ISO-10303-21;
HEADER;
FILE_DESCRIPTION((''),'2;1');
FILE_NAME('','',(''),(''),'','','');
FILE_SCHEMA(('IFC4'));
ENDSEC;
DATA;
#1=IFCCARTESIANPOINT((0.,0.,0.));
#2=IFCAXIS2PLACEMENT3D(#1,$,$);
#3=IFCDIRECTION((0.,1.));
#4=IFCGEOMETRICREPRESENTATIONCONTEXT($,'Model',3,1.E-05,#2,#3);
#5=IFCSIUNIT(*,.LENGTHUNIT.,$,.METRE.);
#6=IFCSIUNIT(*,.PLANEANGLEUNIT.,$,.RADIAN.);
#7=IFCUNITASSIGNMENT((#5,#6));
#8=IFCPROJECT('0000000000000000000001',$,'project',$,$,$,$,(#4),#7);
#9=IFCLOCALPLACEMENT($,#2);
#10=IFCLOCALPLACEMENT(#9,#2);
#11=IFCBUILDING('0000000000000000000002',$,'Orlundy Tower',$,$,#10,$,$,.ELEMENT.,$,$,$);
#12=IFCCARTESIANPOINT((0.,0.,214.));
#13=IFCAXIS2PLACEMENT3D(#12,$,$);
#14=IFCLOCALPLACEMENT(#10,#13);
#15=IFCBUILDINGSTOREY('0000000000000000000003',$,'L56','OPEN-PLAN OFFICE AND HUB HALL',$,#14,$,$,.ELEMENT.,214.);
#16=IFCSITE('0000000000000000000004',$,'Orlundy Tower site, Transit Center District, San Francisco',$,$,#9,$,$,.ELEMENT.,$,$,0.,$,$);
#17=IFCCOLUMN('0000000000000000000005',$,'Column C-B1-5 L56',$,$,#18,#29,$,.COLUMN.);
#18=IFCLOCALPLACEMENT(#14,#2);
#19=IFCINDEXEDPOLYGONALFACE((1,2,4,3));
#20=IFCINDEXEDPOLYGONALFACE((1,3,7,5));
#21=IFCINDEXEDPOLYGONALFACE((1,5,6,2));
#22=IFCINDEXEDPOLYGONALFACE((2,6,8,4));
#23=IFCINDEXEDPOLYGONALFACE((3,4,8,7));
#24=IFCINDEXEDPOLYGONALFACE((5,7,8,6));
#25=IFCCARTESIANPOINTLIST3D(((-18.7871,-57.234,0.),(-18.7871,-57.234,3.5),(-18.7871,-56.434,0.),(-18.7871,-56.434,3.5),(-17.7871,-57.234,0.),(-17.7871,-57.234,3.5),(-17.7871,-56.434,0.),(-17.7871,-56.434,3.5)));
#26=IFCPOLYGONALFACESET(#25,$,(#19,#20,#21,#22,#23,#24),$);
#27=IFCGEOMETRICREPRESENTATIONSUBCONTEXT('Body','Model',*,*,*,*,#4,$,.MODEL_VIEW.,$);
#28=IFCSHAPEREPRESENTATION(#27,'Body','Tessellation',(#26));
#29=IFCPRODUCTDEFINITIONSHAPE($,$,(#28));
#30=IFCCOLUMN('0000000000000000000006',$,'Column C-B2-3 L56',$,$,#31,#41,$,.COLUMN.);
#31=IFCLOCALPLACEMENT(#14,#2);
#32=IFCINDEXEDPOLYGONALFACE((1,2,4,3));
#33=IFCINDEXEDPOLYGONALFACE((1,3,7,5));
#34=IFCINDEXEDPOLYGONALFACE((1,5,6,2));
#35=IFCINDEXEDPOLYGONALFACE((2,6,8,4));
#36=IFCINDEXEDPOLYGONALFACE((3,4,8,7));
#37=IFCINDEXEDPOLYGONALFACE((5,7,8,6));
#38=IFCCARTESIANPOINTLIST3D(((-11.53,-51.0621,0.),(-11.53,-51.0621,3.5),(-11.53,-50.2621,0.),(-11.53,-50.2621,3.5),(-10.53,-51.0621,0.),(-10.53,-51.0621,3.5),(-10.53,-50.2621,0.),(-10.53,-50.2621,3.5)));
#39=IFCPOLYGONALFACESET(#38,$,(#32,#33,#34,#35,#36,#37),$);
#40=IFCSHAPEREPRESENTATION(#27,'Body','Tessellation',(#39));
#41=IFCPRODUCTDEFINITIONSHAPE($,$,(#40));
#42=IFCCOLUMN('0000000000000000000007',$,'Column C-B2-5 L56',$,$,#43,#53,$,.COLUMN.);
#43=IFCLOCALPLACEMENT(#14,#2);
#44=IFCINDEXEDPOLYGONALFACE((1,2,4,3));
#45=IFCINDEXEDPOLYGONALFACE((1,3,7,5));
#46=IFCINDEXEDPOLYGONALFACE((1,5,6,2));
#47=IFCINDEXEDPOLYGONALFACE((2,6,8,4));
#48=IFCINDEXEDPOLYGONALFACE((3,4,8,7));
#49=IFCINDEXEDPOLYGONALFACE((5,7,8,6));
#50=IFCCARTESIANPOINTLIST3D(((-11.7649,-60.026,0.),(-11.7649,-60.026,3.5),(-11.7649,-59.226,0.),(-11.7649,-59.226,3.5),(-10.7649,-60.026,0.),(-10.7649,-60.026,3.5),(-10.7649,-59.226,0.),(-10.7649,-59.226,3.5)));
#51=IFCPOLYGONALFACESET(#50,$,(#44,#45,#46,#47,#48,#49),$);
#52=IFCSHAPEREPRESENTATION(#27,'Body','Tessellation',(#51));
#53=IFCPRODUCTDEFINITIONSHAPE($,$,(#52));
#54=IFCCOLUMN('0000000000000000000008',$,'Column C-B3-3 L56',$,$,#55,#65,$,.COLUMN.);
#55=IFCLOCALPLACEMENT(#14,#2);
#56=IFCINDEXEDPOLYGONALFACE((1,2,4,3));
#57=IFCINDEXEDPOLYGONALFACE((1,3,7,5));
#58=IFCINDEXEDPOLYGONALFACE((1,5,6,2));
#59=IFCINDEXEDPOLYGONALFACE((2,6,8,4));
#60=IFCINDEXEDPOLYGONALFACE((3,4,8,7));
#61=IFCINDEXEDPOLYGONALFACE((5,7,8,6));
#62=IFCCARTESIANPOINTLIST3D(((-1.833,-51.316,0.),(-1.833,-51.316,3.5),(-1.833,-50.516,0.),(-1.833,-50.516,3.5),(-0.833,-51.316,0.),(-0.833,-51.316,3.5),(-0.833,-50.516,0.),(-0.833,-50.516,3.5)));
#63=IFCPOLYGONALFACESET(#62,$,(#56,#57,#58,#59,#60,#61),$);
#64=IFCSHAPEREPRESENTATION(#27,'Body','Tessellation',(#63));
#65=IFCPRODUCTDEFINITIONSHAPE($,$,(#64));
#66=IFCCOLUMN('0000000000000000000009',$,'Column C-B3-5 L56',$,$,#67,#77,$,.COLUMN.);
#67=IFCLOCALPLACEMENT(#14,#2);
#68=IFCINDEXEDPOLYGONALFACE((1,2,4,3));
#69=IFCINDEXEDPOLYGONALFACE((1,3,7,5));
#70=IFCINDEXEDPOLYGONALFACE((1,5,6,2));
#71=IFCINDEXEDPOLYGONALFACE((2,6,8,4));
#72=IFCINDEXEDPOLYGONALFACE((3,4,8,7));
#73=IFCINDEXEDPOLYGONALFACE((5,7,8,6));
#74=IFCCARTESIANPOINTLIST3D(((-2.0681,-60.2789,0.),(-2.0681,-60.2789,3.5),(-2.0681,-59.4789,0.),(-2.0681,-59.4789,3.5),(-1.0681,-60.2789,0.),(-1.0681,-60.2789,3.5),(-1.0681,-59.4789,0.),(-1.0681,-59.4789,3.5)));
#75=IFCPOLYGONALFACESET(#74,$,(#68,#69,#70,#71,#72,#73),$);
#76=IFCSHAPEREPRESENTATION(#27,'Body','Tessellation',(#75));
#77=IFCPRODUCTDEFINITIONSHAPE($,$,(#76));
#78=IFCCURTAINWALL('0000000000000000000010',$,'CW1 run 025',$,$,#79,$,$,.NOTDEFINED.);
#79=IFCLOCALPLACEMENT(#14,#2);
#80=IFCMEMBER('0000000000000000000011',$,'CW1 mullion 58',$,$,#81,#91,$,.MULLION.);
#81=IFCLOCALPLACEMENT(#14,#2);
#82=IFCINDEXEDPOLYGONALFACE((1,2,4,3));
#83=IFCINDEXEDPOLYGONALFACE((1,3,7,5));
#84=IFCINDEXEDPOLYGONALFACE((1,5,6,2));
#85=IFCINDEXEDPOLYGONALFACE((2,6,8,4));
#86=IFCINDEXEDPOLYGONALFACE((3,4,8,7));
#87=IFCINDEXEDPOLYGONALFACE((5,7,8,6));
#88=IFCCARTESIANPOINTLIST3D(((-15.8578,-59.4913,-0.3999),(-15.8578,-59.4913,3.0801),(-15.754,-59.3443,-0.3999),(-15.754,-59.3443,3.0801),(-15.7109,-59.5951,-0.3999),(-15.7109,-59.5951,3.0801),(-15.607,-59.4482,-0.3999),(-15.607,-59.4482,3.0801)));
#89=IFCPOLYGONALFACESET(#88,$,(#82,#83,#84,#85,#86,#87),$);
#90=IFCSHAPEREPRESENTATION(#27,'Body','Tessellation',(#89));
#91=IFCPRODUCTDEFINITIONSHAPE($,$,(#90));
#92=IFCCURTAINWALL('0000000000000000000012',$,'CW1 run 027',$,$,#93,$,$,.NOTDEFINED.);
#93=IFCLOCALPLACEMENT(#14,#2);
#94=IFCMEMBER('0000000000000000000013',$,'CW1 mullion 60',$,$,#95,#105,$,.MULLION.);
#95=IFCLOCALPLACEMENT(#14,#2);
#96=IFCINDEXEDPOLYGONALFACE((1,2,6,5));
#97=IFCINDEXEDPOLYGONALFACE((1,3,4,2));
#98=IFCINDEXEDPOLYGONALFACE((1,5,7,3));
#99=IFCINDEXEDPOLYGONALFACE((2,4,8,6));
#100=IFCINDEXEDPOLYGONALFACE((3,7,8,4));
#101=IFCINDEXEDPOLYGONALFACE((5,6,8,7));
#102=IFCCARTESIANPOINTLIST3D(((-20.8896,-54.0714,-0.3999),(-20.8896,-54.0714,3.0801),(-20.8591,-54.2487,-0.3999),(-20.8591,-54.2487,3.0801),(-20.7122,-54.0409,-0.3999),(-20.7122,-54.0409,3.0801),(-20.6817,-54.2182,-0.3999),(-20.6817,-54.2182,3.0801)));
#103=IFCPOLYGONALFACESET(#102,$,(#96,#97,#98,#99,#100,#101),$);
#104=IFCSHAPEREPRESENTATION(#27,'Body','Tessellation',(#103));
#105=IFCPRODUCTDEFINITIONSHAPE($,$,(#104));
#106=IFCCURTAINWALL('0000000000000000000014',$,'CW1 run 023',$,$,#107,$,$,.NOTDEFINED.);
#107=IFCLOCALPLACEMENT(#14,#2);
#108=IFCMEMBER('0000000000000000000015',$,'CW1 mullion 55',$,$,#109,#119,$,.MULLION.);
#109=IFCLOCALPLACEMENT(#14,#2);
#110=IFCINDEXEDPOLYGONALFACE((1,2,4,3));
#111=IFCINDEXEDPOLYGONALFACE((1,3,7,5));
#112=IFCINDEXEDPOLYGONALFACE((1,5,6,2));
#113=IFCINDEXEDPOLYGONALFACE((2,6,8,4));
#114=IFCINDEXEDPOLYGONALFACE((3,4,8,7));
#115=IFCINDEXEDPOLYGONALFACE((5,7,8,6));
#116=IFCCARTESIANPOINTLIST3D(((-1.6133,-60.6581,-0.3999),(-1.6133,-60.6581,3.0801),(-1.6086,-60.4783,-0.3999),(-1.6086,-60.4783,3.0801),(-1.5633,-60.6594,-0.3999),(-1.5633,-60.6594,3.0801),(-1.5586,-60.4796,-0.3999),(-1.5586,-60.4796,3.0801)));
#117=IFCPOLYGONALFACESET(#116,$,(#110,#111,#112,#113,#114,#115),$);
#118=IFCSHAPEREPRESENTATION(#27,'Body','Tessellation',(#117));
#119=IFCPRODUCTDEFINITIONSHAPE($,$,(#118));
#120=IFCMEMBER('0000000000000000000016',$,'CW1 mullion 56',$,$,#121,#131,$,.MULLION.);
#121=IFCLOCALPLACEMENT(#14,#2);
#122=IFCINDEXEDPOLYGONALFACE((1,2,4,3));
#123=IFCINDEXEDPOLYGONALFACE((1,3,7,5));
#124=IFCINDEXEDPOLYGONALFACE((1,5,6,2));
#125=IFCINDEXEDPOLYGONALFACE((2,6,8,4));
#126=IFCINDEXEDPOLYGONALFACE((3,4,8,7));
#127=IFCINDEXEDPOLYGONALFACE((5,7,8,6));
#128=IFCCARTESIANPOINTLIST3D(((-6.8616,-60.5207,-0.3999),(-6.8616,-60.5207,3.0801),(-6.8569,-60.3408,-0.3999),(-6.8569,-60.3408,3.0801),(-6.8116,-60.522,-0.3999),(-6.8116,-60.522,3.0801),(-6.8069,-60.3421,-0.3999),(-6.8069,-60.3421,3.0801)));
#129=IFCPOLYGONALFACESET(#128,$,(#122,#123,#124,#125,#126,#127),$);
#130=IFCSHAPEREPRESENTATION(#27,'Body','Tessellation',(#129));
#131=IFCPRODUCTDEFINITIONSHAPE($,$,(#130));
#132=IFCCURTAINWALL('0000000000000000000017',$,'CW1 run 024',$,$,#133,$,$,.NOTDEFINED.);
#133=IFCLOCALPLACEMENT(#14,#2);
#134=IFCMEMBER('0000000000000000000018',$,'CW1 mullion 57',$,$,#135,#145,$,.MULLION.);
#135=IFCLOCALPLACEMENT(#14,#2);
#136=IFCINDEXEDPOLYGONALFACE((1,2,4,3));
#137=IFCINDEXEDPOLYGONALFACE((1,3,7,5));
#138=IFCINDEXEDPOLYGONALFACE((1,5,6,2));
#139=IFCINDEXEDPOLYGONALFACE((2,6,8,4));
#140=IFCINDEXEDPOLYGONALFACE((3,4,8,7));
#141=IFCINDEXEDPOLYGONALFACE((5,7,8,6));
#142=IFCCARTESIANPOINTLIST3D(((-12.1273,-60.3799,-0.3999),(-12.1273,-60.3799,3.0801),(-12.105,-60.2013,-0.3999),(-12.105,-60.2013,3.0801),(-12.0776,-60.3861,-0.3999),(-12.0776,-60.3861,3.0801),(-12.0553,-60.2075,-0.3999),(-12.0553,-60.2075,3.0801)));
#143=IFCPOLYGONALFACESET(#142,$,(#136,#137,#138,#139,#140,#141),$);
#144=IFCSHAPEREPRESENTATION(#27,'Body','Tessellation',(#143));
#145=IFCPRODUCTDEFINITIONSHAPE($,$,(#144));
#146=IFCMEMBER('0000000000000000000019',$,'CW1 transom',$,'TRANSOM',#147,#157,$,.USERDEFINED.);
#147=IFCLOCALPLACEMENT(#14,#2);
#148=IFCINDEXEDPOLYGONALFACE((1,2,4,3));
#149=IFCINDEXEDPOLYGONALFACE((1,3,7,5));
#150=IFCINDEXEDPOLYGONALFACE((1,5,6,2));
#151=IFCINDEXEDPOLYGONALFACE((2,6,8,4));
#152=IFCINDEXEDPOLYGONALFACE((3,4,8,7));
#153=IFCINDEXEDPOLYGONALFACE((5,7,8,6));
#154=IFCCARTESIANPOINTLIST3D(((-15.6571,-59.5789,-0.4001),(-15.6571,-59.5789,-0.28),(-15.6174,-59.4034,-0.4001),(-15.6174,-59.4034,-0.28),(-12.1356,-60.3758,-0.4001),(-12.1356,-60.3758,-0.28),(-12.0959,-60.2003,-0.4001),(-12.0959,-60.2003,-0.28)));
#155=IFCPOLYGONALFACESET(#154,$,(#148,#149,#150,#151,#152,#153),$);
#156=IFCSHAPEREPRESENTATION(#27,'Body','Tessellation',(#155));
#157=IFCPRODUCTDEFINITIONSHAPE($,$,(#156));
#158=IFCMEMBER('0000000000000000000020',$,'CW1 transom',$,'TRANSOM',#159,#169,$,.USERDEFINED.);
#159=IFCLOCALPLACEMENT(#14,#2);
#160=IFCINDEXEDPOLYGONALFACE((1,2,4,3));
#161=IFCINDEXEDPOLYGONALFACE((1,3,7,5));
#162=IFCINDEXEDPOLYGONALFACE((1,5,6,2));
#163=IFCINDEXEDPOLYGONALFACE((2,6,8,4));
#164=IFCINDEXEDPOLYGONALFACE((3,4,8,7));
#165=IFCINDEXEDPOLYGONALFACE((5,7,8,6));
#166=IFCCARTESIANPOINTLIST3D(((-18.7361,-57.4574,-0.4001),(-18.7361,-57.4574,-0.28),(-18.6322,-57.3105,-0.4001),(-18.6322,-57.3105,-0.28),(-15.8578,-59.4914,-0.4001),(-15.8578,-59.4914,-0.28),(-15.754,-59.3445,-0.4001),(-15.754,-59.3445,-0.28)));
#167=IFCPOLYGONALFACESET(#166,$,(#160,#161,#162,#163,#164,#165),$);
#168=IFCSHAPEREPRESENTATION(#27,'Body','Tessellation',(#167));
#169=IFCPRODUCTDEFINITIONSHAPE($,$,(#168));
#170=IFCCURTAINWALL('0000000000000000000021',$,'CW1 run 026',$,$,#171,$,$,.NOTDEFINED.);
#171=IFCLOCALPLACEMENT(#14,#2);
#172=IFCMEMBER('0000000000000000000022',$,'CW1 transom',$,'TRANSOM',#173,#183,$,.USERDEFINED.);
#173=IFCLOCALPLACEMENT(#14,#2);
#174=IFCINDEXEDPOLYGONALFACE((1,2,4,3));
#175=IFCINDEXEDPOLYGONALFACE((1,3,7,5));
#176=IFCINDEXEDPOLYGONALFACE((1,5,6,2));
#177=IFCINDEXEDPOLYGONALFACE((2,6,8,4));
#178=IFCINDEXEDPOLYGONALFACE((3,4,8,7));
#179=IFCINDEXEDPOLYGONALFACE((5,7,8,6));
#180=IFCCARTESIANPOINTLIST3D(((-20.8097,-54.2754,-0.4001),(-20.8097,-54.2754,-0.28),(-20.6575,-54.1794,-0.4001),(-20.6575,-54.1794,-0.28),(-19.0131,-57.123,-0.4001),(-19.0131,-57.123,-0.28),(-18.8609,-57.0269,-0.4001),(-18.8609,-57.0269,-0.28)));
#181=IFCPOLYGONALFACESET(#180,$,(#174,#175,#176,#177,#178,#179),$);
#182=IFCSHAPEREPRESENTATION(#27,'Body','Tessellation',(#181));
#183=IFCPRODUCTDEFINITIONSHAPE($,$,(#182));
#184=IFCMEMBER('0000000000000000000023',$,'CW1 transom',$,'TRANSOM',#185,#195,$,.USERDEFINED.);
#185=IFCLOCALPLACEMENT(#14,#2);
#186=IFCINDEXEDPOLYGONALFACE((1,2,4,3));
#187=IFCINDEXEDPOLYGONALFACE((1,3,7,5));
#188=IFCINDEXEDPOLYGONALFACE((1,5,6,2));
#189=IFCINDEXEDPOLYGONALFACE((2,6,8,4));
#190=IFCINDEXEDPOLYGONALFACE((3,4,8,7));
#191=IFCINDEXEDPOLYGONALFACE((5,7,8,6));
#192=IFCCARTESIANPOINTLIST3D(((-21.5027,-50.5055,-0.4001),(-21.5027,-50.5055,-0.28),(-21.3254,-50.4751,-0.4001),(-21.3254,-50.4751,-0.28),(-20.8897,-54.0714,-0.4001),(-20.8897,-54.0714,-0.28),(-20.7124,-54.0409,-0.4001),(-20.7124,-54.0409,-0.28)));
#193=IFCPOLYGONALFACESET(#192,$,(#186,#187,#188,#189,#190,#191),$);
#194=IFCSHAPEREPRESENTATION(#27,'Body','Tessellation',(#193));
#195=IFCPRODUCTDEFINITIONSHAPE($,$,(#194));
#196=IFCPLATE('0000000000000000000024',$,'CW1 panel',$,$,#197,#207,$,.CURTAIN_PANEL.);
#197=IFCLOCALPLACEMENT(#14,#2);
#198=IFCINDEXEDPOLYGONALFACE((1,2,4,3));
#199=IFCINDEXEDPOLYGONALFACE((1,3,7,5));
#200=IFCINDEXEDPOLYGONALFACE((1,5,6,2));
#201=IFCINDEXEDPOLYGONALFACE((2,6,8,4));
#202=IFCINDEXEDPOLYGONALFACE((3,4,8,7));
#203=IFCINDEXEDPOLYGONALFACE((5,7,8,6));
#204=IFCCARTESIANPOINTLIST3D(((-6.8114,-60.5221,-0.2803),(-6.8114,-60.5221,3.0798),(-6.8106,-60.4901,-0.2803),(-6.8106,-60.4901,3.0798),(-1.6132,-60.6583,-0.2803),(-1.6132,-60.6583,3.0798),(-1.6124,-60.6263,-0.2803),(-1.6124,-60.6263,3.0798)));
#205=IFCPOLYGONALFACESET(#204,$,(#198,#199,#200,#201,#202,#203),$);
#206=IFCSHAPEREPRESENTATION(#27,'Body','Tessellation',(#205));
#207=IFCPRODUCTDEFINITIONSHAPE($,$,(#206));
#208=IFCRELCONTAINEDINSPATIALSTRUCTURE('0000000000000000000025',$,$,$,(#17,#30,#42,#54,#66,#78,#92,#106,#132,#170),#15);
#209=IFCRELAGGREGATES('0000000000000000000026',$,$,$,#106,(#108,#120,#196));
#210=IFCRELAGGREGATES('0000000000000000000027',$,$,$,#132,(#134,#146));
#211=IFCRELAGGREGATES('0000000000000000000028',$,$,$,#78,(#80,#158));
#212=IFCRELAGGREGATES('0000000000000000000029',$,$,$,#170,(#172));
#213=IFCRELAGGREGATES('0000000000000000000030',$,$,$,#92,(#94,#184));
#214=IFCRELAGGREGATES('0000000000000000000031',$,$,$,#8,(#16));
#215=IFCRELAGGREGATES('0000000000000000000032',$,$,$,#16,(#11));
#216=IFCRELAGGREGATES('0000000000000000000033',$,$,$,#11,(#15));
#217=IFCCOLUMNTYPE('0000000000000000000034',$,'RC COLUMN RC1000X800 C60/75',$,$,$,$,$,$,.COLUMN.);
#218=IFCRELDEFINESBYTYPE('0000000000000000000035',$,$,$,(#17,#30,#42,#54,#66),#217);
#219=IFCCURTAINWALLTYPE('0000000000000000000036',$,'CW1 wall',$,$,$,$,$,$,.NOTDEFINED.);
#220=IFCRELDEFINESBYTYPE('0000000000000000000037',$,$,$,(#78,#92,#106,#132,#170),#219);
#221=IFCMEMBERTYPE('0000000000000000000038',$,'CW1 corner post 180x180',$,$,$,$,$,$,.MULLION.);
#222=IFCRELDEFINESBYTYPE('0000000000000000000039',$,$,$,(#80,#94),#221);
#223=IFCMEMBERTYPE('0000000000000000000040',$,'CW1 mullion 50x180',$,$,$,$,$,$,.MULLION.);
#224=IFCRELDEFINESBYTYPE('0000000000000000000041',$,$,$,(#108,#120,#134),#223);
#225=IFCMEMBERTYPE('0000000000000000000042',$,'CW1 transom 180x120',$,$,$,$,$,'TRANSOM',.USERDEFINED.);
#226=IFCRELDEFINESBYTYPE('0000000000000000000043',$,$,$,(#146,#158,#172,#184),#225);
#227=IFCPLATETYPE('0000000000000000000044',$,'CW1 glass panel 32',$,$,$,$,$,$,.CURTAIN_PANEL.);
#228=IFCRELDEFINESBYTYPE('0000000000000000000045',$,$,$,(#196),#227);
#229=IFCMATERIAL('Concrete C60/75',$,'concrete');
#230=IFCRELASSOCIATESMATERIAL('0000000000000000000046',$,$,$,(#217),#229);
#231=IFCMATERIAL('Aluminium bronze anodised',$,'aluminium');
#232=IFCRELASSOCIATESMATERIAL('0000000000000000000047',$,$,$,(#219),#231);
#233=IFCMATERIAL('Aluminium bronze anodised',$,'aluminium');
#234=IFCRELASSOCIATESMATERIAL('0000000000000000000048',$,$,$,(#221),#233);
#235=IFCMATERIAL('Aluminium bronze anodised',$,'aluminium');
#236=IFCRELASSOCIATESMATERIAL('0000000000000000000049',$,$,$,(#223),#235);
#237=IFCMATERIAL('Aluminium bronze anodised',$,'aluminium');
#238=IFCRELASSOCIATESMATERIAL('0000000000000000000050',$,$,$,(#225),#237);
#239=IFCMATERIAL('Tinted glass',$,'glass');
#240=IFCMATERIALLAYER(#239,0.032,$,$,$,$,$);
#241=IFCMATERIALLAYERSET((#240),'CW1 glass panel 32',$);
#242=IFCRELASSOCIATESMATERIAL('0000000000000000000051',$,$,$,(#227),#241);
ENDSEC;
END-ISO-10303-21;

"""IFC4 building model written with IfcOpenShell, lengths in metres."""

from ifc_helpers import new_model, si_unit, direction, frame, origin, origin_2d, place, context, subcontext, project, spatial, rectangle, extrude, material, layer, layer_set, material_profile, profile_set, type_object, element, aggregate, save


model = new_model("IFC4")

# Units and contexts
model_context = context("Model", 3, precision=1e-05, world=origin(), true_north=direction((0.0, 1.0)))
body_context = subcontext(model_context, "Body", "Model", "MODEL_VIEW")
ifc_project = project(units=[si_unit("LENGTHUNIT", "METRE"), si_unit("PLANEANGLEUNIT", "RADIAN")], contexts=[model_context])

# Site, building, storey
site_placement = place(None, origin())
site = spatial("IfcSite", under=ifc_project, at=site_placement, Name="Orlundy Tower site, Transit Center District, San Francisco", CompositionType="ELEMENT", RefElevation=0.0)
building_placement = place(site_placement, origin())
building = spatial("IfcBuilding", under=site, at=building_placement, Name="Orlundy Tower", CompositionType="ELEMENT")
storey_placement = place(building_placement, frame((0.0, 0.0, 214.0)))
storey = spatial("IfcBuildingStorey", under=building, at=storey_placement, Name="L56", Description="OPEN-PLAN OFFICE AND HUB HALL", CompositionType="ELEMENT", Elevation=214.0)

# Columns
ifc_material_1 = material(Name="Concrete C60/75", Category="concrete")
ifc_material_profile_1 = material_profile(ifc_material_1, rectangle(XDim=1.0, YDim=0.8, at=origin_2d()), Name="RC1000X800")
ifc_profile_set_1 = profile_set([ifc_material_profile_1], Name="Concrete C60/75")
column_type = type_object("IfcColumnType", Name="RC COLUMN RC1000X800 C60/75", PredefinedType="COLUMN", material=ifc_profile_set_1)
for number, where, z_axis, x_axis, name in (
    (1, (-18.2871, -56.834, 0.0), (0.0, 0.0, 1.0), (1.0, 0.0, 0.0), "Column C-B1-5 L56"),
    (2, (-11.03, -50.6621, 0.0), (0.0, 0.0, 1.0), (1.0, 0.0, 0.0), "Column C-B2-3 L56"),
    (3, (-11.2649, -59.626, 0.0), (0.0, 0.0, 1.0), (1.0, 0.0, 0.0), "Column C-B2-5 L56"),
    (4, (-1.333, -50.916, 0.0), (0.0, 0.0, 1.0), (1.0, 0.0, 0.0), "Column C-B3-3 L56"),
    (5, (-1.5681, -59.8789, 0.0), (0.0, 0.0, 1.0), (1.0, 0.0, 0.0), "Column C-B3-5 L56"),
):
    element("IfcColumn", number, at=place(storey_placement, frame(where, z_axis=z_axis, x_axis=x_axis)), inside=storey, type_object=column_type, Name=name, PredefinedType="COLUMN", context=body_context, shape_type="SweptSolid", body=[
        extrude(rectangle(XDim=1.0, YDim=0.8, at=origin_2d()), origin(), (0.0, 0.0, 1.0), 3.5),
    ])

# Curtain walls, members
ifc_material_2 = material(Name="Aluminium bronze anodised", Category="aluminium")
curtain_wall_type = type_object("IfcCurtainWallType", Name="CW1 wall", PredefinedType="NOTDEFINED", material=ifc_material_2)
curtain_wall_1_placement = place(storey_placement, origin())
curtain_wall_1 = element("IfcCurtainWall", 6, at=curtain_wall_1_placement, inside=storey, type_object=curtain_wall_type, Name="CW1 run 025", PredefinedType="NOTDEFINED")
ifc_material_3 = material(Name="Aluminium bronze anodised", Category="aluminium")
ifc_material_profile_2 = material_profile(ifc_material_3, rectangle(XDim=0.1799, YDim=0.1799, at=origin_2d()), Name="CW1 corner post 180x180")
ifc_profile_set_2 = profile_set([ifc_material_profile_2], Name="Aluminium bronze anodised")
member_type_1 = type_object("IfcMemberType", Name="CW1 corner post 180x180", PredefinedType="MULLION", material=ifc_profile_set_2)
member_1_placement = place(storey_placement, frame((-15.7324, -59.4697, -0.3999), z_axis=(0.0, 0.0, 1.0), x_axis=(-0.577096, -0.816676, 0.0)))
member_1 = element("IfcMember", 7, at=member_1_placement, type_object=member_type_1, Name="CW1 mullion 58", PredefinedType="MULLION", context=body_context, shape_type="SweptSolid", body=[
    extrude(rectangle(XDim=0.1799, YDim=0.1799, at=origin_2d()), origin(), (0.0, 0.0, 1.0), 3.48),
])
curtain_wall_2_placement = place(storey_placement, origin())
curtain_wall_2 = element("IfcCurtainWall", 8, at=curtain_wall_2_placement, inside=storey, type_object=curtain_wall_type, Name="CW1 run 027", PredefinedType="NOTDEFINED")
member_2_placement = place(storey_placement, frame((-20.7856, -54.1448, -0.3999), z_axis=(0.0, 0.0, 1.0), x_axis=(-0.985543, -0.169428, 0.0)))
member_2 = element("IfcMember", 9, at=member_2_placement, type_object=member_type_1, Name="CW1 mullion 60", PredefinedType="MULLION", context=body_context, shape_type="SweptSolid", body=[
    extrude(rectangle(XDim=0.1799, YDim=0.1799, at=origin_2d()), origin(), (0.0, 0.0, 1.0), 3.48),
])

# Curtain walls, members
curtain_wall_3_placement = place(storey_placement, origin())
curtain_wall_3 = element("IfcCurtainWall", 10, at=curtain_wall_3_placement, inside=storey, type_object=curtain_wall_type, Name="CW1 run 023", PredefinedType="NOTDEFINED")
ifc_material_4 = material(Name="Aluminium bronze anodised", Category="aluminium")
ifc_material_profile_3 = material_profile(ifc_material_4, rectangle(XDim=0.1799, YDim=0.05, at=origin_2d()), Name="CW1 mullion 50x180")
ifc_profile_set_3 = profile_set([ifc_material_profile_3], Name="Aluminium bronze anodised")
member_type_2 = type_object("IfcMemberType", Name="CW1 mullion 50x180", PredefinedType="MULLION", material=ifc_profile_set_3)
member_3_placement = place(storey_placement, frame((-1.5859, -60.5688, -0.3999), z_axis=(0.0, 0.0, 1.0), x_axis=(-0.02619, -0.999657, 0.0)))
member_3 = element("IfcMember", 11, at=member_3_placement, type_object=member_type_2, Name="CW1 mullion 55", PredefinedType="MULLION", context=body_context, shape_type="SweptSolid", body=[
    extrude(rectangle(XDim=0.1799, YDim=0.05, at=origin_2d()), origin(), (0.0, 0.0, 1.0), 3.48),
])
member_4_placement = place(storey_placement, frame((-6.8342, -60.4314, -0.3999), z_axis=(0.0, 0.0, 1.0), x_axis=(-0.02619, -0.999657, 0.0)))
member_4 = element("IfcMember", 12, at=member_4_placement, type_object=member_type_2, Name="CW1 mullion 56", PredefinedType="MULLION", context=body_context, shape_type="SweptSolid", body=[
    extrude(rectangle(XDim=0.1799, YDim=0.05, at=origin_2d()), origin(), (0.0, 0.0, 1.0), 3.48),
])
curtain_wall_4_placement = place(storey_placement, origin())
curtain_wall_4 = element("IfcCurtainWall", 13, at=curtain_wall_4_placement, inside=storey, type_object=curtain_wall_type, Name="CW1 run 024", PredefinedType="NOTDEFINED")
member_5_placement = place(storey_placement, frame((-12.0913, -60.2937, -0.3999), z_axis=(0.0, 0.0, 1.0), x_axis=(-0.124042, -0.992277, 0.0)))
member_5 = element("IfcMember", 14, at=member_5_placement, type_object=member_type_2, Name="CW1 mullion 57", PredefinedType="MULLION", context=body_context, shape_type="SweptSolid", body=[
    extrude(rectangle(XDim=0.1799, YDim=0.05, at=origin_2d()), origin(), (0.0, 0.0, 1.0), 3.48),
])
ifc_material_5 = material(Name="Aluminium bronze anodised", Category="aluminium")
ifc_material_profile_4 = material_profile(ifc_material_5, rectangle(XDim=0.1799, YDim=0.1201, at=origin_2d()), Name="CW1 transom 180x120")
ifc_profile_set_4 = profile_set([ifc_material_profile_4], Name="Aluminium bronze anodised")
member_type_3 = type_object("IfcMemberType", Name="CW1 transom 180x120", ElementType="TRANSOM", PredefinedType="USERDEFINED", material=ifc_profile_set_4)
member_6_placement = place(storey_placement, frame((-12.1157, -60.2881, -0.3401), z_axis=(-0.97534, 0.220709, 0.0), x_axis=(-0.220709, -0.97534, 0.0)))
member_6 = element("IfcMember", 15, at=member_6_placement, type_object=member_type_3, Name="CW1 transom", ObjectType="TRANSOM", PredefinedType="USERDEFINED", context=body_context, shape_type="SweptSolid", body=[
    extrude(rectangle(XDim=0.1799, YDim=0.1201, at=origin_2d()), origin(), (0.0, 0.0, 1.0), 3.6106),
])

# Member
member_7_placement = place(storey_placement, frame((-15.8059, -59.418, -0.3401), z_axis=(-0.816662, 0.577116, 0.0), x_axis=(-0.577116, -0.816662, 0.0)))
member_7 = element("IfcMember", 16, at=member_7_placement, type_object=member_type_3, Name="CW1 transom", ObjectType="TRANSOM", PredefinedType="USERDEFINED", context=body_context, shape_type="SweptSolid", body=[
    extrude(rectangle(XDim=0.1799, YDim=0.1201, at=origin_2d()), origin(), (0.0, 0.0, 1.0), 3.5244),
])

# Curtain wall, member
curtain_wall_5_placement = place(storey_placement, origin())
curtain_wall_5 = element("IfcCurtainWall", 17, at=curtain_wall_5_placement, inside=storey, type_object=curtain_wall_type, Name="CW1 run 026", PredefinedType="NOTDEFINED")
member_8_placement = place(storey_placement, frame((-18.937, -57.075, -0.3401), z_axis=(-0.533592, 0.845742, 0.0), x_axis=(-0.845742, -0.533592, 0.0)))
member_8 = element("IfcMember", 18, at=member_8_placement, type_object=member_type_3, Name="CW1 transom", ObjectType="TRANSOM", PredefinedType="USERDEFINED", context=body_context, shape_type="SweptSolid", body=[
    extrude(rectangle(XDim=0.1799, YDim=0.1201, at=origin_2d()), origin(), (0.0, 0.0, 1.0), 3.3669),
])

# Member
member_9_placement = place(storey_placement, frame((-20.801, -54.0562, -0.3401), z_axis=(-0.16943, 0.985542, 0.0), x_axis=(-0.985542, -0.16943, 0.0)))
member_9 = element("IfcMember", 19, at=member_9_placement, type_object=member_type_3, Name="CW1 transom", ObjectType="TRANSOM", PredefinedType="USERDEFINED", context=body_context, shape_type="SweptSolid", body=[
    extrude(rectangle(XDim=0.1799, YDim=0.1201, at=origin_2d()), origin(), (0.0, 0.0, 1.0), 3.6182),
])

# Plate
ifc_material_6 = material(Name="Tinted glass", Category="glass")
ifc_layer = layer(ifc_material_6, 0.032)
ifc_layer_set = layer_set([ifc_layer], Name="CW1 glass panel 32")
plate_type = type_object("IfcPlateType", Name="CW1 glass panel 32", PredefinedType="CURTAIN_PANEL", material=ifc_layer_set)
plate_1_placement = place(storey_placement, frame((-4.2119, -60.5742, -0.2803), z_axis=(0.0, 0.0, 1.0), x_axis=(-0.999657, 0.02619, 0.0)))
plate_1 = element("IfcPlate", 20, at=plate_1_placement, type_object=plate_type, Name="CW1 panel", PredefinedType="CURTAIN_PANEL", context=body_context, shape_type="SweptSolid", body=[
    extrude(rectangle(XDim=5.2, YDim=0.032, at=origin_2d()), origin(), (0.0, 0.0, 1.0), 3.3601),
])
aggregate(curtain_wall_3, [member_3, member_4, plate_1])
aggregate(curtain_wall_4, [member_5, member_6])
aggregate(curtain_wall_1, [member_1, member_7])
aggregate(curtain_wall_5, [member_8])
aggregate(curtain_wall_2, [member_2, member_9])

save(model, "model.ifc")
